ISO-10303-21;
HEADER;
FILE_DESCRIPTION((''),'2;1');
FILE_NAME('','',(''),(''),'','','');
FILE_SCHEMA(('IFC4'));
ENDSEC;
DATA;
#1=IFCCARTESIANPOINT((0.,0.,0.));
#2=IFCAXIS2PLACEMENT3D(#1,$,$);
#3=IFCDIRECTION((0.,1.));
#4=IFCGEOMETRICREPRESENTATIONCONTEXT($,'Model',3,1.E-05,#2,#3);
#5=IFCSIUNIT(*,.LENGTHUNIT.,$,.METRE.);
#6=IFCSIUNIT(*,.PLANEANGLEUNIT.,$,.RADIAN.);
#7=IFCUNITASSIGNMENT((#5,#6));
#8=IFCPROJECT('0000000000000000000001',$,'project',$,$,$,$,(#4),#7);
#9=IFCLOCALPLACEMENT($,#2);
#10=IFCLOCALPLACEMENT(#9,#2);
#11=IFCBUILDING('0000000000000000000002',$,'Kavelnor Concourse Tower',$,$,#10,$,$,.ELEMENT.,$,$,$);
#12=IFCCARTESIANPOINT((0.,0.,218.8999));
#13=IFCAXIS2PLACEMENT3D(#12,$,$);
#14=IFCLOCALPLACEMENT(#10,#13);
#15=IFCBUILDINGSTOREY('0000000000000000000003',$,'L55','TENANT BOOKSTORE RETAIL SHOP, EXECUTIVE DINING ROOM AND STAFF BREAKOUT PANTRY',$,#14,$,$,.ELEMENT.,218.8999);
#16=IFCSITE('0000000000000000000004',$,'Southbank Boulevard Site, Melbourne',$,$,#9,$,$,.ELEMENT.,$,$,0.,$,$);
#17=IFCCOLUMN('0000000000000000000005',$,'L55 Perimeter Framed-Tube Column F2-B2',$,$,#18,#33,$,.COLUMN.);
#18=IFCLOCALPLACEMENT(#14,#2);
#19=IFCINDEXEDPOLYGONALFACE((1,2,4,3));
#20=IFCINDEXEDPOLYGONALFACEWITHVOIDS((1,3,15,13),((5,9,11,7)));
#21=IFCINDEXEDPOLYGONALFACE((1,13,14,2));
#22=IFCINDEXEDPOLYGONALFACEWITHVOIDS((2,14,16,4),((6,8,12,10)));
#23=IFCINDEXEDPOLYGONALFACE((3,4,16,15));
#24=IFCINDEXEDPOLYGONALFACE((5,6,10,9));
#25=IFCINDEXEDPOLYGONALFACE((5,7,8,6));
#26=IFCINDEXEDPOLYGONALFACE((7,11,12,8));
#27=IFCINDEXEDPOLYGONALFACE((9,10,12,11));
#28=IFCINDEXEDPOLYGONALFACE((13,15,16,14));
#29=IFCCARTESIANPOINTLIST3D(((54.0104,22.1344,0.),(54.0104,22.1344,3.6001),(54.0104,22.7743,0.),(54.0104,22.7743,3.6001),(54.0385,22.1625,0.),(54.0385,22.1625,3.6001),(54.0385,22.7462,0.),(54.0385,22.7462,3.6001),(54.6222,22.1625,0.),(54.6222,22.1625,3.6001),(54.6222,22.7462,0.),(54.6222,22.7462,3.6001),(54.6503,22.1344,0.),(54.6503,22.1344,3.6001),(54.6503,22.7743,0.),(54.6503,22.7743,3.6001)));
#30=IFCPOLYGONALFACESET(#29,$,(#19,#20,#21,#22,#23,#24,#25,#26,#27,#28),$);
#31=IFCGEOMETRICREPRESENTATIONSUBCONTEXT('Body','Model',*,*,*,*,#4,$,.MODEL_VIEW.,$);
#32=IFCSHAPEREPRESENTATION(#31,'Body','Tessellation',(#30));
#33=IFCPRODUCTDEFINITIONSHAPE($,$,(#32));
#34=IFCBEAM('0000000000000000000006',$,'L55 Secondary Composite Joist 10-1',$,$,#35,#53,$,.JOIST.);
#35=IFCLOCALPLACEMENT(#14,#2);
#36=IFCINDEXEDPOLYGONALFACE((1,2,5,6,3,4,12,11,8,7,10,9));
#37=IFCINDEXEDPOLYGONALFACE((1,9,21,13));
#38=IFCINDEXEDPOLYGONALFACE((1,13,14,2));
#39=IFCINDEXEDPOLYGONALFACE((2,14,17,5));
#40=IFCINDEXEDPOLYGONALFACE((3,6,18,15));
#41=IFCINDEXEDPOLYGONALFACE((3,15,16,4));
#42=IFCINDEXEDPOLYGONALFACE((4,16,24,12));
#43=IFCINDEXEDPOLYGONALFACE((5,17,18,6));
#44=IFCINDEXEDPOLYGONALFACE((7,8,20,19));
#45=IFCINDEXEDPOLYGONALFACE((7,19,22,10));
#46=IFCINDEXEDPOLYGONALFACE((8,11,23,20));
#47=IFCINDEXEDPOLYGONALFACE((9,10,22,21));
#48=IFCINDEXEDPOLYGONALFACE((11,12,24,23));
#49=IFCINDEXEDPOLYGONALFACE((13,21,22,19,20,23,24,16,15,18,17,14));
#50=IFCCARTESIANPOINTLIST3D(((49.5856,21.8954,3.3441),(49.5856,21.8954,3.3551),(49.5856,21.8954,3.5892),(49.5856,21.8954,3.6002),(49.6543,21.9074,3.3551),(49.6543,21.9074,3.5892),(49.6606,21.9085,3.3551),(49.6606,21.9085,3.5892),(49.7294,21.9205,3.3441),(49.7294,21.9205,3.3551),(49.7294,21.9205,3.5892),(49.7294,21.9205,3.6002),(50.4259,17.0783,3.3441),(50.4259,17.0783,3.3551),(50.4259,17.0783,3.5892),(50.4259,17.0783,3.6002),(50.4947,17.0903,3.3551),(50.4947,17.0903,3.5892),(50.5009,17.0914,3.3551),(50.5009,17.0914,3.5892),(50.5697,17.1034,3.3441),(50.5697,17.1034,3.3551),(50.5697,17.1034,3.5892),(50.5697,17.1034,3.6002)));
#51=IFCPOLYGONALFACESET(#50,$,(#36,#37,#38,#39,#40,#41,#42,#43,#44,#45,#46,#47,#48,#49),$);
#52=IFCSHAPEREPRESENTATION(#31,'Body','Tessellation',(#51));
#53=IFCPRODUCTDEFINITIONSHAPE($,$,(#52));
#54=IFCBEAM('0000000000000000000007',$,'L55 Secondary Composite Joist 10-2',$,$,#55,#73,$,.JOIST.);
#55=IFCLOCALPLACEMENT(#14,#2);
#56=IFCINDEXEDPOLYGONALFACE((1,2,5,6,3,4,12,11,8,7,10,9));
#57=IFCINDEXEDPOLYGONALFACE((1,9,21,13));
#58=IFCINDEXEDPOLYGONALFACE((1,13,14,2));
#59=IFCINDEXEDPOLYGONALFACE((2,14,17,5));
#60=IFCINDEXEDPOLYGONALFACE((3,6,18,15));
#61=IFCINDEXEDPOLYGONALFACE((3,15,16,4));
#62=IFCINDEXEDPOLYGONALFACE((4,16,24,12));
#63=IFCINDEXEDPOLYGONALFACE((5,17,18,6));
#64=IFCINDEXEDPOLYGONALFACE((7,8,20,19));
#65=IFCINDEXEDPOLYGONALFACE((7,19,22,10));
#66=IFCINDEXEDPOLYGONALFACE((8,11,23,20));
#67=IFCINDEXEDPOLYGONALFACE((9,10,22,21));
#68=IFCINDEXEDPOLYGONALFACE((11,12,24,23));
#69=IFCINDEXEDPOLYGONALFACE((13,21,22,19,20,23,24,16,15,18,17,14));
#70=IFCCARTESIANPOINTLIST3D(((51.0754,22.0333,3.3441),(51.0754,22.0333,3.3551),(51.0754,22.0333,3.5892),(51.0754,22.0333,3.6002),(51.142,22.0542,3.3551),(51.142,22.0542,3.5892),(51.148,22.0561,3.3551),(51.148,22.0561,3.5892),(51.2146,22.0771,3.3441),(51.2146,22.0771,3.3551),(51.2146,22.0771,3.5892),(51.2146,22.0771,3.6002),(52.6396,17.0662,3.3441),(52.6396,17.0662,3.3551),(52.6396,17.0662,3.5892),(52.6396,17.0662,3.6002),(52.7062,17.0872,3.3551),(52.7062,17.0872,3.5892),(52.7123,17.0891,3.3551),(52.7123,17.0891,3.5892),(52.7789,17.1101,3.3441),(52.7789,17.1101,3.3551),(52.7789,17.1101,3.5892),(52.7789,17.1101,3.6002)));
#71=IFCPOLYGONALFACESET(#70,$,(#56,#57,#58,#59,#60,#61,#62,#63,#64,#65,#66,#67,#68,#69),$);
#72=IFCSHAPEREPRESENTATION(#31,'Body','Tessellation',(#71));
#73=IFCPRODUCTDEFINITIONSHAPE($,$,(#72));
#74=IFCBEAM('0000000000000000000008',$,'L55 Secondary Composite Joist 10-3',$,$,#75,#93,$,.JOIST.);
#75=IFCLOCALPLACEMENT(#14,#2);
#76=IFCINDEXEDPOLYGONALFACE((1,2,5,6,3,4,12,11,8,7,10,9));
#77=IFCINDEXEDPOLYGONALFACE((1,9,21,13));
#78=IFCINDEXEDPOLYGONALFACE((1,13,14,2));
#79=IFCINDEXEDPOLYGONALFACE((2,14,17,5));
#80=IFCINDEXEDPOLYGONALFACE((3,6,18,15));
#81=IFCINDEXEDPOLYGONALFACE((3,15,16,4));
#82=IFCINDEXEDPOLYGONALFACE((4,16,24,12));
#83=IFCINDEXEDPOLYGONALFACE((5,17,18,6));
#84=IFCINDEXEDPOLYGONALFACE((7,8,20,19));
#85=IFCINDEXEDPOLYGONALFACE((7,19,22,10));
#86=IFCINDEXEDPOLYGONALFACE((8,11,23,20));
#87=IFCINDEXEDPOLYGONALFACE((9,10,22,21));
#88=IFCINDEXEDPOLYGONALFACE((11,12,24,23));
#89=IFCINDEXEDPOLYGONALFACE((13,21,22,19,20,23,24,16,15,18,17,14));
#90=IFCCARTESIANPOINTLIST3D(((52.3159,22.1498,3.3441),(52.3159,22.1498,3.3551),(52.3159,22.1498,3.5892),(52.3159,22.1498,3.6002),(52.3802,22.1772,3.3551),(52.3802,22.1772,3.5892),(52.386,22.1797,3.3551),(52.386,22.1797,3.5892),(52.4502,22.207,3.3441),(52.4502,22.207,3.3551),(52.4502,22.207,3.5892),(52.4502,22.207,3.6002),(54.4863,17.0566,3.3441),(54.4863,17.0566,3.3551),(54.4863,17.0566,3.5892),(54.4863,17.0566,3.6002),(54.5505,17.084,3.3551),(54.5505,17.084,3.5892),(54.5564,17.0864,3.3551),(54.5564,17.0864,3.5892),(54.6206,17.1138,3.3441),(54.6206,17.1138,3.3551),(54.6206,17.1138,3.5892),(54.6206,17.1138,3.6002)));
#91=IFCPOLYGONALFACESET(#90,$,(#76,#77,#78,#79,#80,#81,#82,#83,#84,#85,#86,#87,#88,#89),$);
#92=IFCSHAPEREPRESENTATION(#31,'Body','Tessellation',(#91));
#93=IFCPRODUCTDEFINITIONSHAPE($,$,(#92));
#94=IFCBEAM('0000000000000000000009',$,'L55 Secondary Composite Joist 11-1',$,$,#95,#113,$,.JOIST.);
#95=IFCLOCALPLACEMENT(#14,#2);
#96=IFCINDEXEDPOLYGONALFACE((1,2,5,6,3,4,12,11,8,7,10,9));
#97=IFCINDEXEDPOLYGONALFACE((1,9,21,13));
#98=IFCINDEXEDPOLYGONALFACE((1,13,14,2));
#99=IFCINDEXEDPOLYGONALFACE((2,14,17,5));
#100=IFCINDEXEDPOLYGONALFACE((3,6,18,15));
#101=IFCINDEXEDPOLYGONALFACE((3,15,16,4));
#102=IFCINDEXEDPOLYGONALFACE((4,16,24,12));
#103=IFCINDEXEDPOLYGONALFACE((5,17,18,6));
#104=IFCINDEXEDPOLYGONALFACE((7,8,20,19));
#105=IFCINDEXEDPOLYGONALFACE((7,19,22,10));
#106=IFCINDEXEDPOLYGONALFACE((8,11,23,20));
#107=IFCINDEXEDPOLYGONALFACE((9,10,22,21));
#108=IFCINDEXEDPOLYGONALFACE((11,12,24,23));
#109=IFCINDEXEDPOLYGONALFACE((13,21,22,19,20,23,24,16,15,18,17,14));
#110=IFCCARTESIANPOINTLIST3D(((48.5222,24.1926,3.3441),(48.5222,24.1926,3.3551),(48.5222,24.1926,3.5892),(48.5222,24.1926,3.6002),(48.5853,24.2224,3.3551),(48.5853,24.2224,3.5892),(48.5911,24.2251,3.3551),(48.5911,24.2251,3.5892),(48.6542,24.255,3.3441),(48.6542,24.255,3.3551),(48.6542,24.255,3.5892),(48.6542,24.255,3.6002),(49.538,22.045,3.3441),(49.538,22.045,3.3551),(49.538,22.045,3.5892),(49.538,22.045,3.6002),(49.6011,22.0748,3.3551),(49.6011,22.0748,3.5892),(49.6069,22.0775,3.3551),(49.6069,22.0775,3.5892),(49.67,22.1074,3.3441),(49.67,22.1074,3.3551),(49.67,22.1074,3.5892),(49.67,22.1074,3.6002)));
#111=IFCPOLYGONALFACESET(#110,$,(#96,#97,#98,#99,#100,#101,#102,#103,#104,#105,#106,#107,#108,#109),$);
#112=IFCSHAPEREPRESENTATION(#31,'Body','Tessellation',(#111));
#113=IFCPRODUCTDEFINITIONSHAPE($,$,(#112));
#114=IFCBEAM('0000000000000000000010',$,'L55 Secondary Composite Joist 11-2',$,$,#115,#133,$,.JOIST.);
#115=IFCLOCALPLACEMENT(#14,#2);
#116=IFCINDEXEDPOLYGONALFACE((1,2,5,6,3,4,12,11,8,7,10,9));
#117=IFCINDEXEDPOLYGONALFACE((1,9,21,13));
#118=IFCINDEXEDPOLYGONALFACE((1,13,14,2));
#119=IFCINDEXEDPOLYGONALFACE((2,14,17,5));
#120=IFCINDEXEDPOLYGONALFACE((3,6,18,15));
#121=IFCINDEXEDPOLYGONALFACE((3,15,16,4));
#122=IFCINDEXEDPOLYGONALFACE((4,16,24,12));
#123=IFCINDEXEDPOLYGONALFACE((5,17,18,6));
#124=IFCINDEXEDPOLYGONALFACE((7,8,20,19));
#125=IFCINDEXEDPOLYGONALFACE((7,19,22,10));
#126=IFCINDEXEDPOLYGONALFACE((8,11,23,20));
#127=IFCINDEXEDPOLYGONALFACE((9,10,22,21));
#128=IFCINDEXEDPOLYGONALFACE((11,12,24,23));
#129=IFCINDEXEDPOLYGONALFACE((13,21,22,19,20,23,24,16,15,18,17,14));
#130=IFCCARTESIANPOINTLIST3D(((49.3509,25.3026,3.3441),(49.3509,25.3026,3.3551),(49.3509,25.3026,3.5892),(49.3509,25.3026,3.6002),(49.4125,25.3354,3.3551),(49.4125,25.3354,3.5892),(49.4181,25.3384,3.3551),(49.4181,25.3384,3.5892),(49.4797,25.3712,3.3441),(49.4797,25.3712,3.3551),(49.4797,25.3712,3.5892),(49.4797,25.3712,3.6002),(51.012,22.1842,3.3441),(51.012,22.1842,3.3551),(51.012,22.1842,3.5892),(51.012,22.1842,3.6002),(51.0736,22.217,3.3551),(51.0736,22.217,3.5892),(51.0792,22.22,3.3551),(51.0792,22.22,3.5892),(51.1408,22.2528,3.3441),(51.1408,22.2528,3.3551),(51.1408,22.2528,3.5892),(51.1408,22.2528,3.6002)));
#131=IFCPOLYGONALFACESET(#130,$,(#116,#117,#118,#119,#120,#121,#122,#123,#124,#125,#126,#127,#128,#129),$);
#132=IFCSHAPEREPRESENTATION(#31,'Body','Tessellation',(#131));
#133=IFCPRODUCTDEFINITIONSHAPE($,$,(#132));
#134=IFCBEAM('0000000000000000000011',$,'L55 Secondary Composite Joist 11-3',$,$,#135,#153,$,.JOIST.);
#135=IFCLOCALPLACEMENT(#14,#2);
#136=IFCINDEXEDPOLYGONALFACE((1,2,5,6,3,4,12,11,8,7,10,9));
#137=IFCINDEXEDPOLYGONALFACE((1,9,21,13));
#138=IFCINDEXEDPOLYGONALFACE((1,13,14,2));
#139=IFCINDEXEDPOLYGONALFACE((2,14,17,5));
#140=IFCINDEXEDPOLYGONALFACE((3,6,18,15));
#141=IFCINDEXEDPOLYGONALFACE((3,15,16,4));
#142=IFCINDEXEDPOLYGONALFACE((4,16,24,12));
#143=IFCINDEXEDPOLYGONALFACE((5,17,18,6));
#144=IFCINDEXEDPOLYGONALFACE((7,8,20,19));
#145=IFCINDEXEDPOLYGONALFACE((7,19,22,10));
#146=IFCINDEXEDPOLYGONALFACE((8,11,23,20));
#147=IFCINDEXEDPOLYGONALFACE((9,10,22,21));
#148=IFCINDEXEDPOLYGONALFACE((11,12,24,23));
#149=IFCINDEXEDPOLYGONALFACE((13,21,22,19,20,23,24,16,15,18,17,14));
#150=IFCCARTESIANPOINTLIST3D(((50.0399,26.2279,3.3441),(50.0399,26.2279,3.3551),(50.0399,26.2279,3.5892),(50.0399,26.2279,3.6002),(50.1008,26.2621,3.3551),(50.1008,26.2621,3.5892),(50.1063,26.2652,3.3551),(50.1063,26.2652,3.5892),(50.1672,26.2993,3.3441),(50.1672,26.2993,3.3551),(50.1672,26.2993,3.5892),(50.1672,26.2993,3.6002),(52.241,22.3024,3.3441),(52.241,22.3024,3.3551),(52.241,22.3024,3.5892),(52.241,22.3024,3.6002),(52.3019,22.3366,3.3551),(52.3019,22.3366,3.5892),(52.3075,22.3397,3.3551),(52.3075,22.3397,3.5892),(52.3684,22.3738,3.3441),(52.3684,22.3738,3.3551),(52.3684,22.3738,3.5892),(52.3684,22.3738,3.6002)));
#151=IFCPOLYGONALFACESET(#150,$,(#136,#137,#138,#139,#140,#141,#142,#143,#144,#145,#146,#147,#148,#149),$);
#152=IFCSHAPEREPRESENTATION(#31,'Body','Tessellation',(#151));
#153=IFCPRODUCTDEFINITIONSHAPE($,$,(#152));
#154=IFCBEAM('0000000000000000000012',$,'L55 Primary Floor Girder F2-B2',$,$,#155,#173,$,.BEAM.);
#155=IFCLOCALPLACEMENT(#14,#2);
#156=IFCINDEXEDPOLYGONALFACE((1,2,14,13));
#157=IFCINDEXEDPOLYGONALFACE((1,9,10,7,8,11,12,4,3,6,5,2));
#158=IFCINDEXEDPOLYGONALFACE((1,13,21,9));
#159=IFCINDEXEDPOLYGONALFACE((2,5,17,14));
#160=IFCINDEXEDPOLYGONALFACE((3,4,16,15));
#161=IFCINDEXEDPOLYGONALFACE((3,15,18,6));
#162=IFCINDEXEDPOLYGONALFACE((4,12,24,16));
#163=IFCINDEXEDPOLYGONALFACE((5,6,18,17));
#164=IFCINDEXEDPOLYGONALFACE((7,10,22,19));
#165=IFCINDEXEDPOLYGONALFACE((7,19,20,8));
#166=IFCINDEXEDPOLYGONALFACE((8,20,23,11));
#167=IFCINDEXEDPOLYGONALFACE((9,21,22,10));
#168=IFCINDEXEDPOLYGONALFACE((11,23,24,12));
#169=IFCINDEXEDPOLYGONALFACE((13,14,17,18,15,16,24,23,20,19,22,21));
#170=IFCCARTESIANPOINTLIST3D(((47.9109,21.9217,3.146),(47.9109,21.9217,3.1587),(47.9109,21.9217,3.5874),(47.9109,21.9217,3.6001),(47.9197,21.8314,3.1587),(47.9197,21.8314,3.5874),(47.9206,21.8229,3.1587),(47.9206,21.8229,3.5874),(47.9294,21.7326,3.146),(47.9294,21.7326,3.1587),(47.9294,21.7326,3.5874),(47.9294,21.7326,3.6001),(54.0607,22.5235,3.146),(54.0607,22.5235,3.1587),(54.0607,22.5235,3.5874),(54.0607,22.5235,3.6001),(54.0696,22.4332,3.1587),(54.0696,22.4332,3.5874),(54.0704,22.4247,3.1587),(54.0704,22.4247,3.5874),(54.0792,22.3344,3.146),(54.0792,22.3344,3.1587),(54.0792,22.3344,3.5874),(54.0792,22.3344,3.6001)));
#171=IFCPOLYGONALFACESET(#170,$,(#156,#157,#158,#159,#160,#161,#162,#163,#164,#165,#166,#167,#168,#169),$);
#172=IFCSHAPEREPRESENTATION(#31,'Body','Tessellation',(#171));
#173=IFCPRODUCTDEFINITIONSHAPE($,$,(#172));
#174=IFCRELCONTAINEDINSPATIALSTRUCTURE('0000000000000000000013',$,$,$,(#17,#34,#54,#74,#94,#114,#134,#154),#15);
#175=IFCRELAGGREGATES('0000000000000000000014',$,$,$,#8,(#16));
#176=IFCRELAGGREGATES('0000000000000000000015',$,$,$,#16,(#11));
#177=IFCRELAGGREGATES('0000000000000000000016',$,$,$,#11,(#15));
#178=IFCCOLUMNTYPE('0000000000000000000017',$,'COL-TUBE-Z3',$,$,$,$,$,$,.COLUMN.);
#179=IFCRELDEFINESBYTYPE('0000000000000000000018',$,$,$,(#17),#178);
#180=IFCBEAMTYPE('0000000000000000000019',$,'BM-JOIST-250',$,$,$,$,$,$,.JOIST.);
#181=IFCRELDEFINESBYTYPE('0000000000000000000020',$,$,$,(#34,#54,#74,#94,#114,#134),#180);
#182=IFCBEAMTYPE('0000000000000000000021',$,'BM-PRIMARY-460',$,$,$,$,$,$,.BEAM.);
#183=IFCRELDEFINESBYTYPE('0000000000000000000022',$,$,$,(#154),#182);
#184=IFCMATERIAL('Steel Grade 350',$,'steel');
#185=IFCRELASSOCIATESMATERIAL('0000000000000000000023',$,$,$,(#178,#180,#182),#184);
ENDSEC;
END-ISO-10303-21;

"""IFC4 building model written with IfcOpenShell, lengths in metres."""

from ifc_helpers import new_model, si_unit, direction, frame, origin, origin_2d, place, context, subcontext, project, spatial, hollow_rectangle, i_section, extrude, material, material_profile, profile_set, type_object, element, save


model = new_model("IFC4")

# Units and contexts
model_context = context("Model", 3, precision=1e-05, world=origin(), true_north=direction((0.0, 1.0)))
body_context = subcontext(model_context, "Body", "Model", "MODEL_VIEW")
ifc_project = project(units=[si_unit("LENGTHUNIT", "METRE"), si_unit("PLANEANGLEUNIT", "RADIAN")], contexts=[model_context])

# Site, building, storey
site_placement = place(None, origin())
site = spatial("IfcSite", under=ifc_project, at=site_placement, Name="Southbank Boulevard Site, Melbourne", CompositionType="ELEMENT", RefElevation=0.0)
building_placement = place(site_placement, origin())
building = spatial("IfcBuilding", under=site, at=building_placement, Name="Kavelnor Concourse Tower", CompositionType="ELEMENT")
storey_placement = place(building_placement, frame((0.0, 0.0, 218.8999)))
storey = spatial("IfcBuildingStorey", under=building, at=storey_placement, Name="L55", Description="TENANT BOOKSTORE RETAIL SHOP, EXECUTIVE DINING ROOM AND STAFF BREAKOUT PANTRY", CompositionType="ELEMENT", Elevation=218.8999)

# Column
ifc_material_1 = material(Name="Steel Grade 350", Category="steel")
ifc_material_profile_1 = material_profile(ifc_material_1, hollow_rectangle(XDim=0.6399, YDim=0.6399, WallThickness=0.0281, at=origin_2d()), Name="SHS 640x640x28")
ifc_profile_set_1 = profile_set([ifc_material_profile_1], Name="Steel Grade 350")
column_type = type_object("IfcColumnType", Name="COL-TUBE-Z3", PredefinedType="COLUMN", material=ifc_profile_set_1)
column_placement = place(storey_placement, frame((54.3303, 22.4543, 0.0), z_axis=(0.0, 0.0, 1.0), x_axis=(1.0, 0.0, 0.0)))
element("IfcColumn", 1, at=column_placement, inside=storey, type_object=column_type, Name="L55 Perimeter Framed-Tube Column F2-B2", PredefinedType="COLUMN", context=body_context, shape_type="SweptSolid", body=[
    extrude(hollow_rectangle(XDim=0.6399, YDim=0.6399, WallThickness=0.0281, at=origin_2d()), origin(), (0.0, 0.0, 1.0), 3.6001),
])

# Beams
ifc_material_profile_2 = material_profile(ifc_material_1, i_section(OverallWidth=0.146, OverallDepth=0.2561, WebThickness=0.0063, FlangeThickness=0.011, at=origin_2d()), Name="250UB37")
ifc_profile_set_2 = profile_set([ifc_material_profile_2], Name="Steel Grade 350")
beam_type_1 = type_object("IfcBeamType", Name="BM-JOIST-250", PredefinedType="JOIST", material=ifc_profile_set_2)
beam_1_placement = place(storey_placement, frame((50.4978, 17.0908, 3.4722), z_axis=(-0.171851, 0.985123, 0.0), x_axis=(-0.985123, -0.171851, 0.0)))
element("IfcBeam", 2, at=beam_1_placement, inside=storey, type_object=beam_type_1, Name="L55 Secondary Composite Joist 10-1", PredefinedType="JOIST", context=body_context, shape_type="SweptSolid", body=[
    extrude(i_section(OverallWidth=0.146, OverallDepth=0.2561, WebThickness=0.0063, FlangeThickness=0.011, at=origin_2d()), origin(), (0.0, 0.0, 1.0), 4.8899),
])
beam_2_placement = place(storey_placement, frame((52.7092, 17.0881, 3.4722), z_axis=(-0.300375, 0.953821, 0.0), x_axis=(-0.953821, -0.300375, 0.0)))
element("IfcBeam", 3, at=beam_2_placement, inside=storey, type_object=beam_type_1, Name="L55 Secondary Composite Joist 10-2", PredefinedType="JOIST", context=body_context, shape_type="SweptSolid", body=[
    extrude(i_section(OverallWidth=0.146, OverallDepth=0.2561, WebThickness=0.0063, FlangeThickness=0.011, at=origin_2d()), origin(), (0.0, 0.0, 1.0), 5.2075),
])
beam_3_placement = place(storey_placement, frame((54.5535, 17.0852, 3.4722), z_axis=(-0.392024, 0.919955, 0.0), x_axis=(-0.919955, -0.392024, 0.0)))
element("IfcBeam", 4, at=beam_3_placement, inside=storey, type_object=beam_type_1, Name="L55 Secondary Composite Joist 10-3", PredefinedType="JOIST", context=body_context, shape_type="SweptSolid", body=[
    extrude(i_section(OverallWidth=0.146, OverallDepth=0.2561, WebThickness=0.0063, FlangeThickness=0.011, at=origin_2d()), origin(), (0.0, 0.0, 1.0), 5.5364),
])
beam_4_placement = place(storey_placement, frame((49.604, 22.0762, 3.4722), z_axis=(-0.427583, 0.903976, 0.0), x_axis=(-0.903976, -0.427583, 0.0)))
element("IfcBeam", 5, at=beam_4_placement, inside=storey, type_object=beam_type_1, Name="L55 Secondary Composite Joist 11-1", PredefinedType="JOIST", context=body_context, shape_type="SweptSolid", body=[
    extrude(i_section(OverallWidth=0.146, OverallDepth=0.2561, WebThickness=0.0063, FlangeThickness=0.011, at=origin_2d()), origin(), (0.0, 0.0, 1.0), 2.3757),
])
beam_5_placement = place(storey_placement, frame((51.0764, 22.2185, 3.4722), z_axis=(-0.470143, 0.88259, 0.0), x_axis=(-0.88259, -0.470143, 0.0)))
element("IfcBeam", 6, at=beam_5_placement, inside=storey, type_object=beam_type_1, Name="L55 Secondary Composite Joist 11-2", PredefinedType="JOIST", context=body_context, shape_type="SweptSolid", body=[
    extrude(i_section(OverallWidth=0.146, OverallDepth=0.2561, WebThickness=0.0063, FlangeThickness=0.011, at=origin_2d()), origin(), (0.0, 0.0, 1.0), 3.5332),
])
beam_6_placement = place(storey_placement, frame((52.3047, 22.3381, 3.4722), z_axis=(-0.489089, 0.872234, 0.0), x_axis=(-0.872234, -0.489089, 0.0)))
element("IfcBeam", 7, at=beam_6_placement, inside=storey, type_object=beam_type_1, Name="L55 Secondary Composite Joist 11-3", PredefinedType="JOIST", context=body_context, shape_type="SweptSolid", body=[
    extrude(i_section(OverallWidth=0.146, OverallDepth=0.2561, WebThickness=0.0063, FlangeThickness=0.011, at=origin_2d()), origin(), (0.0, 0.0, 1.0), 4.5005),
])
ifc_material_profile_3 = material_profile(ifc_material_1, i_section(OverallWidth=0.1899, OverallDepth=0.4541, WebThickness=0.0085, FlangeThickness=0.0127, at=origin_2d()), Name="460UB67")
ifc_profile_set_3 = profile_set([ifc_material_profile_3], Name="Steel Grade 350")
beam_type_2 = type_object("IfcBeamType", Name="BM-PRIMARY-460", PredefinedType="BEAM", material=ifc_profile_set_3)
beam_7_placement = place(storey_placement, frame((47.9202, 21.8271, 3.373), z_axis=(0.995246, 0.097391, 0.0), x_axis=(-0.097391, 0.995246, 0.0)))
element("IfcBeam", 8, at=beam_7_placement, inside=storey, type_object=beam_type_2, Name="L55 Primary Floor Girder F2-B2", PredefinedType="BEAM", context=body_context, shape_type="SweptSolid", body=[
    extrude(i_section(OverallWidth=0.1899, OverallDepth=0.4541, WebThickness=0.0085, FlangeThickness=0.0127, at=origin_2d()), origin(), (0.0, 0.0, 1.0), 6.1792),
])

save(model, "model.ifc")
